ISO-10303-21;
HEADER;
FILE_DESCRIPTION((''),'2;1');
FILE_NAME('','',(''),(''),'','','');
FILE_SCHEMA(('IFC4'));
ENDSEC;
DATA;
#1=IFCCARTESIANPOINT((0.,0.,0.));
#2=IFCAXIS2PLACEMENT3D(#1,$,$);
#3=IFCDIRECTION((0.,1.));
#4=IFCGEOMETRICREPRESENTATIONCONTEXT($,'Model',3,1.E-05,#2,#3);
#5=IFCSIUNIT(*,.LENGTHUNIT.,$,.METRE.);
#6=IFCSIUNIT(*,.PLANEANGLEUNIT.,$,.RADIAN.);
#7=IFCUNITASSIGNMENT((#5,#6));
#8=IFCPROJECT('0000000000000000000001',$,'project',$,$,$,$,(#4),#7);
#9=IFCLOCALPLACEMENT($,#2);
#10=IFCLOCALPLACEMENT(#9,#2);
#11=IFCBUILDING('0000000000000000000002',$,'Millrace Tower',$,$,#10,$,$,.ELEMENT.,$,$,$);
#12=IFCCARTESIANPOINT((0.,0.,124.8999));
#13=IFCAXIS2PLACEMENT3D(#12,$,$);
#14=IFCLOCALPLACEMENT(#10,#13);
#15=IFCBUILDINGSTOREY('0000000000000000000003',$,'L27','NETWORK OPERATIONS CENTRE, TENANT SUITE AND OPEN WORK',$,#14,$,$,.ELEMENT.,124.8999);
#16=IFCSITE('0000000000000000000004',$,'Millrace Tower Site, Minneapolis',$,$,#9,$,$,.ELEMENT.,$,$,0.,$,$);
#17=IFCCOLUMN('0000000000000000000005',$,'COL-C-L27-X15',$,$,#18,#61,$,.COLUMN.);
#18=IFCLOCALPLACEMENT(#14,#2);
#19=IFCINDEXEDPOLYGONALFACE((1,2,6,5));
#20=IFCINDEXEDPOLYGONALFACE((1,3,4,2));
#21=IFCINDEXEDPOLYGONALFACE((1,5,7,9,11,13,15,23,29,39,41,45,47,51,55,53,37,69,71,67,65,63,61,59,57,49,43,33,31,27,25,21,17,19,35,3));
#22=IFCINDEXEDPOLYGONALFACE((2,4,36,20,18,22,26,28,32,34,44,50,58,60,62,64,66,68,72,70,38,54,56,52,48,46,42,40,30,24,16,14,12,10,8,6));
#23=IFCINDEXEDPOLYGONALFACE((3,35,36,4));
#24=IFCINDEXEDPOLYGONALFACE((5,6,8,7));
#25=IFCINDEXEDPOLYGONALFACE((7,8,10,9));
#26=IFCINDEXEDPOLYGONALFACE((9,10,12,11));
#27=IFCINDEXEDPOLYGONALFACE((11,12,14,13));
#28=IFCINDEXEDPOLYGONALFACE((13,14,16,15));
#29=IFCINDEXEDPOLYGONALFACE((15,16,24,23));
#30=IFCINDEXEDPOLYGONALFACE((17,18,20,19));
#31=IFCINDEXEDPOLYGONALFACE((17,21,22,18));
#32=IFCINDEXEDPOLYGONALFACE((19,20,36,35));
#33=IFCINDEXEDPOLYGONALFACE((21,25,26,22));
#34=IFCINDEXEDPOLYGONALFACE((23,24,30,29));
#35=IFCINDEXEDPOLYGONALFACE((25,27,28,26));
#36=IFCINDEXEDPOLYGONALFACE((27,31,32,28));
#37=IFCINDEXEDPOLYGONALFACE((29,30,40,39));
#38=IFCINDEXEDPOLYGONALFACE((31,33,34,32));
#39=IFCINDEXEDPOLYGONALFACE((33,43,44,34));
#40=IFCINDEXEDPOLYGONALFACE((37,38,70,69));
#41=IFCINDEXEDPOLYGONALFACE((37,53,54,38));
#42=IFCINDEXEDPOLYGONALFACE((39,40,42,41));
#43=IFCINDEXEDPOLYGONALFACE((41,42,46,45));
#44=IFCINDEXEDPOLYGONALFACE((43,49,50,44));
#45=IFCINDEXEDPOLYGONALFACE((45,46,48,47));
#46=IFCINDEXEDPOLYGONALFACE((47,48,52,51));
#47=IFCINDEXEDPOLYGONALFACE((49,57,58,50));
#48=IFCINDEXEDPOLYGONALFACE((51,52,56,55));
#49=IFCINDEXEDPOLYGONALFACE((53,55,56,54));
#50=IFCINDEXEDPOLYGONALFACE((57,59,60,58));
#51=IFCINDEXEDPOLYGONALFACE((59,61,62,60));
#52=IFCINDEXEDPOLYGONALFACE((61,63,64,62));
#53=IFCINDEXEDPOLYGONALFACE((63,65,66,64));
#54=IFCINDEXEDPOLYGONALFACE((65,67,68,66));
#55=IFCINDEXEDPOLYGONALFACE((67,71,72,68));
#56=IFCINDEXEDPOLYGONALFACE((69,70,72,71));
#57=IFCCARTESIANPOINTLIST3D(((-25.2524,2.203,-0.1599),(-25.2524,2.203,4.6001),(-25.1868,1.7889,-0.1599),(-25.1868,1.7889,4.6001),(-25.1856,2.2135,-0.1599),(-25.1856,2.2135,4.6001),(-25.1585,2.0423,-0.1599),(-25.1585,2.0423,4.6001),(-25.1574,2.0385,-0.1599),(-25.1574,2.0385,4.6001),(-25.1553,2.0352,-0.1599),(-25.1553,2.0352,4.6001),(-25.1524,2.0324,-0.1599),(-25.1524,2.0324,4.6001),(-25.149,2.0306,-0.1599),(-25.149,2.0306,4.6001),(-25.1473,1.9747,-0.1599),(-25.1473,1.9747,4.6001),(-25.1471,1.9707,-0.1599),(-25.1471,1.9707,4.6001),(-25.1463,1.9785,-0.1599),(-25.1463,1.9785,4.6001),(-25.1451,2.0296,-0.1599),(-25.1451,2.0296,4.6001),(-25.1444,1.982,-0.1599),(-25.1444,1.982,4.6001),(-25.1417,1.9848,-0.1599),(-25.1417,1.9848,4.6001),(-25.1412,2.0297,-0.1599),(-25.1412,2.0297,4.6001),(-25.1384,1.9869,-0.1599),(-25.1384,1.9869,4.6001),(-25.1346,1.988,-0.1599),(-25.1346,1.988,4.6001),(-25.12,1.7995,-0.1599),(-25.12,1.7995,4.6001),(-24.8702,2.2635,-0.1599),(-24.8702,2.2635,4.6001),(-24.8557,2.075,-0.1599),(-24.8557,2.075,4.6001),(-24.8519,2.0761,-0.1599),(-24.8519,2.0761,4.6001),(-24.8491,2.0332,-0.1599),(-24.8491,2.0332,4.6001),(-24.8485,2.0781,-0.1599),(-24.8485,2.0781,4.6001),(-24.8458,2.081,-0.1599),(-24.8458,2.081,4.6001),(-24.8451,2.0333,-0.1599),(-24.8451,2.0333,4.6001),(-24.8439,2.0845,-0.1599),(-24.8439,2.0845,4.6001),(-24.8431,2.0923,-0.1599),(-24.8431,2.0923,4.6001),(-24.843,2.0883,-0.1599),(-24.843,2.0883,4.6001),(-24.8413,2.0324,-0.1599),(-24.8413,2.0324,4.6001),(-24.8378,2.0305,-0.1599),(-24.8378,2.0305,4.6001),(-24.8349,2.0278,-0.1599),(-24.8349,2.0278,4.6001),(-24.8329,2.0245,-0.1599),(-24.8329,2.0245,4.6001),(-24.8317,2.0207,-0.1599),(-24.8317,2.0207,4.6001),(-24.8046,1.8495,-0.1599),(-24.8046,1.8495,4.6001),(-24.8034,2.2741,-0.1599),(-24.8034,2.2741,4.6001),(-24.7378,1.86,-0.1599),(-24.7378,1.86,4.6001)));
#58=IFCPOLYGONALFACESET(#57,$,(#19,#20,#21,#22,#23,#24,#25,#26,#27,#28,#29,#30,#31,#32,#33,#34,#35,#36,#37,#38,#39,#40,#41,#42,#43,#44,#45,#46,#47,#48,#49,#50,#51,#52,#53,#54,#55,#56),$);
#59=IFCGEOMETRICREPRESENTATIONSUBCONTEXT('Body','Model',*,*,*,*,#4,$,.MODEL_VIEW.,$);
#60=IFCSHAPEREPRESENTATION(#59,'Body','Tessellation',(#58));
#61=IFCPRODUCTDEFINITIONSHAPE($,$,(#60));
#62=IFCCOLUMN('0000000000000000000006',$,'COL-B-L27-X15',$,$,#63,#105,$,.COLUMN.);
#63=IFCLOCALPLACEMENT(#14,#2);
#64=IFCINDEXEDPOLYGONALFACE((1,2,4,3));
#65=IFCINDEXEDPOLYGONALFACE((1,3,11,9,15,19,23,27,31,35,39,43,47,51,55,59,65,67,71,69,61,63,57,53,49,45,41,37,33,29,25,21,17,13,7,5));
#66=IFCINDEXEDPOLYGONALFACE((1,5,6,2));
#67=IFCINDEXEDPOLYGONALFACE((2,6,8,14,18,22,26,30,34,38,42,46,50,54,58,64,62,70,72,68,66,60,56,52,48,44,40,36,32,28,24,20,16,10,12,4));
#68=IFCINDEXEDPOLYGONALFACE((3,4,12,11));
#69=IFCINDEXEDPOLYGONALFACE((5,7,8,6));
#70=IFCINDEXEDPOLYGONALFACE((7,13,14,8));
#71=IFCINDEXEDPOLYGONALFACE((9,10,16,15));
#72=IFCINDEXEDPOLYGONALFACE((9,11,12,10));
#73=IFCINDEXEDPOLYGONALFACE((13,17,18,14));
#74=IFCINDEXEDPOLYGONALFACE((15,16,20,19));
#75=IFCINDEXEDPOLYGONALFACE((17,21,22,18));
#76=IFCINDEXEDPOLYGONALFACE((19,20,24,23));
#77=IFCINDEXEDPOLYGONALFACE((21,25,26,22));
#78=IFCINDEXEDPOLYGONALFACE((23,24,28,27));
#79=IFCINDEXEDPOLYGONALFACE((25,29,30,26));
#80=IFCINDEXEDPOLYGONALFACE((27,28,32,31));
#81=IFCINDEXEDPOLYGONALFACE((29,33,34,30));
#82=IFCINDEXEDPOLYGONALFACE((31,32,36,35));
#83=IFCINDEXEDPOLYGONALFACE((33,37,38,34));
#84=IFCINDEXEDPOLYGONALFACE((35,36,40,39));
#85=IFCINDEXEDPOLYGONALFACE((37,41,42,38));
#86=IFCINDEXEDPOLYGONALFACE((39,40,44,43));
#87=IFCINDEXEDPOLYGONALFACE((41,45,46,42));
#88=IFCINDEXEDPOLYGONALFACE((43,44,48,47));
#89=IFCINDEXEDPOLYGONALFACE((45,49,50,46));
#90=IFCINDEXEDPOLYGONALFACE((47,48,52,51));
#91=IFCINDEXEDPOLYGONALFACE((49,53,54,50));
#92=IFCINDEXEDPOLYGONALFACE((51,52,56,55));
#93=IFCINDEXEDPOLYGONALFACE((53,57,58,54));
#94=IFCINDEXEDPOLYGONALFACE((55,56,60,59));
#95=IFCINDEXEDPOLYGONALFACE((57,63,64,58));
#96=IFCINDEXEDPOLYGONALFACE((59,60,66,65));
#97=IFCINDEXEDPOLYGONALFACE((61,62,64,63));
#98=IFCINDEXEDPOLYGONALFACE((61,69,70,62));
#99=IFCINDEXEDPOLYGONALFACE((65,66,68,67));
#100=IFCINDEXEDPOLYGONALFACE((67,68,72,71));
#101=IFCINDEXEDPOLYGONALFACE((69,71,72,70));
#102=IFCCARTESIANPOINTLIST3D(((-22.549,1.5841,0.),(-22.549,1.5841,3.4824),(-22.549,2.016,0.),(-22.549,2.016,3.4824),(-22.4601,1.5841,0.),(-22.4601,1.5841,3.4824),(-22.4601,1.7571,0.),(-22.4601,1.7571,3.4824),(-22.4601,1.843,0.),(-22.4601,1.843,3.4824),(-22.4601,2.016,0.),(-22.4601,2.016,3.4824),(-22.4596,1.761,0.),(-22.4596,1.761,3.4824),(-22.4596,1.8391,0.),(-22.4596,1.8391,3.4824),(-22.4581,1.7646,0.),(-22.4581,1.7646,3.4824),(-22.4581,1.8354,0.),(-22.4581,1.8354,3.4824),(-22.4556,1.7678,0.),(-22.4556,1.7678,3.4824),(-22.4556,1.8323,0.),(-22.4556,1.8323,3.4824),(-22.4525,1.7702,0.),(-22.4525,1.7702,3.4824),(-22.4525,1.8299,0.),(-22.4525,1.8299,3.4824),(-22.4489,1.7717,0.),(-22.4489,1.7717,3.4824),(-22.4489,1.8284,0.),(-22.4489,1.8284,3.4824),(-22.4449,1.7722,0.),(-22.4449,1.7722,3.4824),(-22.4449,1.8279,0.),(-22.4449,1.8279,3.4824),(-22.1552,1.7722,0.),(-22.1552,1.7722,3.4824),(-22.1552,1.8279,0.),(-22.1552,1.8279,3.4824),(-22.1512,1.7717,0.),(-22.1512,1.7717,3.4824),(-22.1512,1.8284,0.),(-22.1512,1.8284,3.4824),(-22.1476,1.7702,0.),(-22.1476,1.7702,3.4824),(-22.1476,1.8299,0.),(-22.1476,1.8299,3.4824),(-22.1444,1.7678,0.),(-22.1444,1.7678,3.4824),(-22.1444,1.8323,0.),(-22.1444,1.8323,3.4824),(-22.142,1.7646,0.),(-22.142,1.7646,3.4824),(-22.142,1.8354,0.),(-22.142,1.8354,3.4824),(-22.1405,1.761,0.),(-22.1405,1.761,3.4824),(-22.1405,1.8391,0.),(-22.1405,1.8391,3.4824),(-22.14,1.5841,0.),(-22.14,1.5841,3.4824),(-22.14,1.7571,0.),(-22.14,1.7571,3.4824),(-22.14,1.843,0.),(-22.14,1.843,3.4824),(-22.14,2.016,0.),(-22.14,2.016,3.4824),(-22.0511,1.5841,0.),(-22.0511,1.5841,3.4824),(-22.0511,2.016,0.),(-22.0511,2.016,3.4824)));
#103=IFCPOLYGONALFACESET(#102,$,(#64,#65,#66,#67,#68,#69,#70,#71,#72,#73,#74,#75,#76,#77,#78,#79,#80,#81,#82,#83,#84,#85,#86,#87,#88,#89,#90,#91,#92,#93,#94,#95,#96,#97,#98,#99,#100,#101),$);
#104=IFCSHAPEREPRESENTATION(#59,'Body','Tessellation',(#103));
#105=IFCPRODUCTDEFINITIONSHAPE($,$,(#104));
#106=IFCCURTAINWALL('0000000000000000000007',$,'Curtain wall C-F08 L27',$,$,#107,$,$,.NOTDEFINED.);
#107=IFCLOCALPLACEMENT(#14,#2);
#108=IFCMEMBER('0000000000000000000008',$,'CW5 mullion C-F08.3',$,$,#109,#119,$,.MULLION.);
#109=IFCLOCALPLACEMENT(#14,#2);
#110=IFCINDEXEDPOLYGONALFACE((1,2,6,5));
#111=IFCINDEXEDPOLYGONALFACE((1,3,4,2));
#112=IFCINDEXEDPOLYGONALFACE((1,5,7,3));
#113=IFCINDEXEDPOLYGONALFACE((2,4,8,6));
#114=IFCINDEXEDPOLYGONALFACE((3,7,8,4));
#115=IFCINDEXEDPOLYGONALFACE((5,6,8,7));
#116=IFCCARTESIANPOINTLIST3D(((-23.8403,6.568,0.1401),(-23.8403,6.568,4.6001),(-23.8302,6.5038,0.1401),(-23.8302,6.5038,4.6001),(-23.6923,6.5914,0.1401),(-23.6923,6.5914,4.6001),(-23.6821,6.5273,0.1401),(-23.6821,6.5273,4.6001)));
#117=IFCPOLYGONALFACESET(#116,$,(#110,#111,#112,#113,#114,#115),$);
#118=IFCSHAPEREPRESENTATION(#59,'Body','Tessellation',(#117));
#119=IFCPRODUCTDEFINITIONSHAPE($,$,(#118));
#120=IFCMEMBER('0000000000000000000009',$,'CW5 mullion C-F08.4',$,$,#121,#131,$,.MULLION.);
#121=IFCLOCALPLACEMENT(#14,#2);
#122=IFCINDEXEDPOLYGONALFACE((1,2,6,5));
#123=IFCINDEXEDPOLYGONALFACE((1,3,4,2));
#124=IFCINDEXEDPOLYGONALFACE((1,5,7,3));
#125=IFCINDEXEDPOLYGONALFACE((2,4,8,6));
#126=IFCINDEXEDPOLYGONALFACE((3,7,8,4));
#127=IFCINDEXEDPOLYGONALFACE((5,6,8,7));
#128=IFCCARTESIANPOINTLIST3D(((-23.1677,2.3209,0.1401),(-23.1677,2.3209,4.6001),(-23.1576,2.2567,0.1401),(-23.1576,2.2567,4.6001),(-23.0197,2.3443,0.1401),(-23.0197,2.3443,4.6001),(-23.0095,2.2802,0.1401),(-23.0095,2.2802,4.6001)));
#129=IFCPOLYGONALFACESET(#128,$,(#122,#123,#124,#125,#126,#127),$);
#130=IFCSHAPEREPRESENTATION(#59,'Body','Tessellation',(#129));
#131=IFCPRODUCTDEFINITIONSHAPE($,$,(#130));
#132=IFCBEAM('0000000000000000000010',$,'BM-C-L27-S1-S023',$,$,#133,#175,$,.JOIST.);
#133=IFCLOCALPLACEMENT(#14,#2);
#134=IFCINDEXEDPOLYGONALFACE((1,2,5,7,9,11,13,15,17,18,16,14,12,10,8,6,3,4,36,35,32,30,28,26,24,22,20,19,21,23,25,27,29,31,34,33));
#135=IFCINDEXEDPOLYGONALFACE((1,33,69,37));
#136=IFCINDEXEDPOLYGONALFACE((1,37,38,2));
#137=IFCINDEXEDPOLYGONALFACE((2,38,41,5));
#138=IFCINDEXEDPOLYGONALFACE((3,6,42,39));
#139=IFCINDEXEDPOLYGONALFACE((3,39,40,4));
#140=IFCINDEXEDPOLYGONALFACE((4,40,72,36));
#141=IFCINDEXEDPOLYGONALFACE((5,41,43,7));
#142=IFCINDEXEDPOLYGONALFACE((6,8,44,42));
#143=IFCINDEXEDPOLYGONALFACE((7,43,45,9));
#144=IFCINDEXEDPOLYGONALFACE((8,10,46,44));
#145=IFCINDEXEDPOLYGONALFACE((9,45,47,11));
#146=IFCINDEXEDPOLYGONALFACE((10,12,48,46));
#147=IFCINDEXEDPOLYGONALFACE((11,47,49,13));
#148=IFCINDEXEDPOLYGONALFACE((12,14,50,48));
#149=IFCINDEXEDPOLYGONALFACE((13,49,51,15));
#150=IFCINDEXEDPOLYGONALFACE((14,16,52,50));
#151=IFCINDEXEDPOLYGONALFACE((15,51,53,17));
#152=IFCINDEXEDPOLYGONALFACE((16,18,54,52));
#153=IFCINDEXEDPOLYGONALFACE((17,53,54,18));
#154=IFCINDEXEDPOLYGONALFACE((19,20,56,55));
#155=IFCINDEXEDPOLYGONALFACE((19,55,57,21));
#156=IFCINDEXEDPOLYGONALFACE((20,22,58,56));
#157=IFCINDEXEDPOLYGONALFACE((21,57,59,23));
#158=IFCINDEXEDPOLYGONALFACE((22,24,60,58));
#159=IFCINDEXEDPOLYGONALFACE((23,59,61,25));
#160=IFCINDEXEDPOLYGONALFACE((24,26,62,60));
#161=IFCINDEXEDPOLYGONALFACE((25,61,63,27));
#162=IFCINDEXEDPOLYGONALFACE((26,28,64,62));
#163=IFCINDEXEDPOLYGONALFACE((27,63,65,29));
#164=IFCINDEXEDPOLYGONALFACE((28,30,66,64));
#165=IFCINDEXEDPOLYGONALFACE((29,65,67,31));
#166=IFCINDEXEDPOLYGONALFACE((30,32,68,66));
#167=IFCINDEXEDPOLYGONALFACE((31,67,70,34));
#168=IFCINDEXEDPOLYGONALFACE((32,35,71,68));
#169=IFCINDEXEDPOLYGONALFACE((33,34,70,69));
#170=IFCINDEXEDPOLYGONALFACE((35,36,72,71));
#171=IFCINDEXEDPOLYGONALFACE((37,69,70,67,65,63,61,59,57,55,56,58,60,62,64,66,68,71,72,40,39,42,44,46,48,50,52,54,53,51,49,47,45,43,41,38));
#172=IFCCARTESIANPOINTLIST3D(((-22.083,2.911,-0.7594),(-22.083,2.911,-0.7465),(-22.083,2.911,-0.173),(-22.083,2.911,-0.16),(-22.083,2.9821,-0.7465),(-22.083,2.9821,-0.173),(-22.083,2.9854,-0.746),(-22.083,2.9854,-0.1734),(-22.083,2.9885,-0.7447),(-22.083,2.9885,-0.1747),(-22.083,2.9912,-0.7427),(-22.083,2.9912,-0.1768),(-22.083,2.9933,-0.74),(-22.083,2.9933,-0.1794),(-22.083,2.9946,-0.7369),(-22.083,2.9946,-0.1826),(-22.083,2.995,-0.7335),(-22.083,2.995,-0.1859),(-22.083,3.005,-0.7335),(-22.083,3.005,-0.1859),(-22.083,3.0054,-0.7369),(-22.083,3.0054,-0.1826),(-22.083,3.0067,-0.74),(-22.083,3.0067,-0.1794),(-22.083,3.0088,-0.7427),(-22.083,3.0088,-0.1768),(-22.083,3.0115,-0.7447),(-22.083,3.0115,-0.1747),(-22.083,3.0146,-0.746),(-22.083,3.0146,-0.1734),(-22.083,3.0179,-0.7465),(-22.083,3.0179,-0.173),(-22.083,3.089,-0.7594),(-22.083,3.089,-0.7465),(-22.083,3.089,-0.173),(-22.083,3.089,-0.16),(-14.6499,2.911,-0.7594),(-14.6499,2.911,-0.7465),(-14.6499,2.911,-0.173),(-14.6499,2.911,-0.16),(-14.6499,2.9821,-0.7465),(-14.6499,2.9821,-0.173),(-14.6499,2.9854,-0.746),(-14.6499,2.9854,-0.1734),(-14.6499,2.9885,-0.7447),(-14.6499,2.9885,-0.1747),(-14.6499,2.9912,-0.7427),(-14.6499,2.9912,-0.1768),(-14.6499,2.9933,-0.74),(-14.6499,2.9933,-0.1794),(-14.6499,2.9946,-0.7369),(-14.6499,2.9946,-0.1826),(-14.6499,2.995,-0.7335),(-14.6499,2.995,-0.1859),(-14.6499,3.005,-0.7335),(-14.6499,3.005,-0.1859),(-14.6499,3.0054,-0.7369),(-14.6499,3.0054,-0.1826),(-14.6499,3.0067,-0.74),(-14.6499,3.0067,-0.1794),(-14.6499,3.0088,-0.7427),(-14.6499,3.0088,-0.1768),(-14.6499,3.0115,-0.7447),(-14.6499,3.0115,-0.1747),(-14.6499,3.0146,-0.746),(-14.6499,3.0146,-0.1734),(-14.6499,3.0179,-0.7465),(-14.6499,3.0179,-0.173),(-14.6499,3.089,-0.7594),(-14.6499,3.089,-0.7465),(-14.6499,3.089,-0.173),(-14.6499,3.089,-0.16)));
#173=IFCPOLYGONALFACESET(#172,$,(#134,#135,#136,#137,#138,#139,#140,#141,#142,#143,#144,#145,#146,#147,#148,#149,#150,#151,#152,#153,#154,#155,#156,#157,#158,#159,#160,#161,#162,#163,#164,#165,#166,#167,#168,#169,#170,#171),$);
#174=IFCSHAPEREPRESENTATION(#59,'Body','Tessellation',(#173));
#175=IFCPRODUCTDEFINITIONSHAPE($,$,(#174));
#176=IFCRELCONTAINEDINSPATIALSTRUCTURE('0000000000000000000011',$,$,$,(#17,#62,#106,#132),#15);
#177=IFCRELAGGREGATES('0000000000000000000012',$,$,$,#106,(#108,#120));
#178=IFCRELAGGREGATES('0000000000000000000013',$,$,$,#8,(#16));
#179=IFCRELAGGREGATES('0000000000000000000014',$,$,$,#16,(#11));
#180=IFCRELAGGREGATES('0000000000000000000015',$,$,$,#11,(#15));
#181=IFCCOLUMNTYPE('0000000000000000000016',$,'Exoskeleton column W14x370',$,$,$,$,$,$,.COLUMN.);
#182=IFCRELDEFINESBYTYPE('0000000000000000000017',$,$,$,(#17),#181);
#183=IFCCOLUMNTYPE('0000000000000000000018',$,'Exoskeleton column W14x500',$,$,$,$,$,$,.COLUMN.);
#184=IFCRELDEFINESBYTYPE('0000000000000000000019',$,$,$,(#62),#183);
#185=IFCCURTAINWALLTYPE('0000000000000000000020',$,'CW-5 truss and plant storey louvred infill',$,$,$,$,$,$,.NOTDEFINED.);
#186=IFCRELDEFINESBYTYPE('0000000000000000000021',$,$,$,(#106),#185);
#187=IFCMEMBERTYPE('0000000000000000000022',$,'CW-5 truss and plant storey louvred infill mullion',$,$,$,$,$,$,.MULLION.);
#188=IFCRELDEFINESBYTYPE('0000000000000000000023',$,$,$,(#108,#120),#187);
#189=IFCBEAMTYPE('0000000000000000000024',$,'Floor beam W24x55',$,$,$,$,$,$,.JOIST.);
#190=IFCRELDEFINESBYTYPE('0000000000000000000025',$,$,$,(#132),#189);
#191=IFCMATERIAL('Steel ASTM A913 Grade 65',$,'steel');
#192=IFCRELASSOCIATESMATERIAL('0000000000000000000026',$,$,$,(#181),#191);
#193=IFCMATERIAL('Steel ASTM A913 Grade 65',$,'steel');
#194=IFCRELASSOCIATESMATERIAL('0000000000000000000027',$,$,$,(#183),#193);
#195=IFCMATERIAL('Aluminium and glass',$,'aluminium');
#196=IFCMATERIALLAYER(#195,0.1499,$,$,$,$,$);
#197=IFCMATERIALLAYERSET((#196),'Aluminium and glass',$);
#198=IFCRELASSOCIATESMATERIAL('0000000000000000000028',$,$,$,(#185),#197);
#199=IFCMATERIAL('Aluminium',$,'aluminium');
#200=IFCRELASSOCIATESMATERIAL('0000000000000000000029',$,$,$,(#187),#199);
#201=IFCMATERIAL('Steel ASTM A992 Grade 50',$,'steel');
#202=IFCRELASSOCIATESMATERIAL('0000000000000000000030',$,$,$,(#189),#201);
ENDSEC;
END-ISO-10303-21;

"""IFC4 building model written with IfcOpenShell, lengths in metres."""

from ifc_helpers import new_model, si_unit, direction, frame, origin, origin_2d, place, context, subcontext, project, spatial, rectangle, i_section, extrude, material, layer, layer_set, material_profile, profile_set, type_object, element, aggregate, save


model = new_model("IFC4")

# Units and contexts
model_context = context("Model", 3, precision=1e-05, world=origin(), true_north=direction((0.0, 1.0)))
body_context = subcontext(model_context, "Body", "Model", "MODEL_VIEW")
ifc_project = project(units=[si_unit("LENGTHUNIT", "METRE"), si_unit("PLANEANGLEUNIT", "RADIAN")], contexts=[model_context])

# Site, building, storey
site_placement = place(None, origin())
site = spatial("IfcSite", under=ifc_project, at=site_placement, Name="Millrace Tower Site, Minneapolis", CompositionType="ELEMENT", RefElevation=0.0)
building_placement = place(site_placement, origin())
building = spatial("IfcBuilding", under=site, at=building_placement, Name="Millrace Tower", CompositionType="ELEMENT")
storey_placement = place(building_placement, frame((0.0, 0.0, 124.8999)))
storey = spatial("IfcBuildingStorey", under=building, at=storey_placement, Name="L27", Description="NETWORK OPERATIONS CENTRE, TENANT SUITE AND OPEN WORK", CompositionType="ELEMENT", Elevation=124.8999)

# Columns
ifc_material_1 = material(Name="Steel ASTM A913 Grade 65", Category="steel")
ifc_material_profile_1 = material_profile(ifc_material_1, i_section(OverallWidth=0.4192, OverallDepth=0.4546, WebThickness=0.0422, FlangeThickness=0.0676, FilletRadius=0.0151, at=origin_2d()))
ifc_profile_set_1 = profile_set([ifc_material_profile_1], Name="Steel ASTM A913 Grade 65")
column_type_1 = type_object("IfcColumnType", Name="Exoskeleton column W14x370", PredefinedType="COLUMN", material=ifc_profile_set_1)
column_1_placement = place(storey_placement, frame((-24.9951, 2.0315, -0.1599), z_axis=(0.0, 0.0, 1.0), x_axis=(0.156434, -0.987688, 0.0)))
element("IfcColumn", 1, at=column_1_placement, inside=storey, type_object=column_type_1, Name="COL-C-L27-X15", PredefinedType="COLUMN", context=body_context, shape_type="SweptSolid", body=[
    extrude(i_section(OverallWidth=0.4192, OverallDepth=0.4546, WebThickness=0.0422, FlangeThickness=0.0676, FilletRadius=0.0151, at=origin_2d()), origin(), (0.0, 0.0, 1.0), 4.76),
])
ifc_material_2 = material(Name="Steel ASTM A913 Grade 65", Category="steel")
ifc_material_profile_2 = material_profile(ifc_material_2, i_section(OverallWidth=0.4319, OverallDepth=0.4978, WebThickness=0.0557, FlangeThickness=0.0889, FilletRadius=0.0151, at=origin_2d()))
ifc_profile_set_2 = profile_set([ifc_material_profile_2], Name="Steel ASTM A913 Grade 65")
column_type_2 = type_object("IfcColumnType", Name="Exoskeleton column W14x500", PredefinedType="COLUMN", material=ifc_profile_set_2)
column_2_placement = place(storey_placement, frame((-22.3, 1.8, 0.0), z_axis=(0.0, 0.0, 1.0), x_axis=(0.0, -1.0, 0.0)))
element("IfcColumn", 2, at=column_2_placement, inside=storey, type_object=column_type_2, Name="COL-B-L27-X15", PredefinedType="COLUMN", context=body_context, shape_type="SweptSolid", body=[
    extrude(i_section(OverallWidth=0.4319, OverallDepth=0.4978, WebThickness=0.0557, FlangeThickness=0.0889, FilletRadius=0.0151, at=origin_2d()), origin(), (0.0, 0.0, 1.0), 3.4824),
])

# Curtain wall, members
ifc_material_3 = material(Name="Aluminium and glass", Category="aluminium")
ifc_layer_1 = layer(ifc_material_3, 0.1499)
ifc_layer_set_1 = layer_set([ifc_layer_1], Name="Aluminium and glass")
curtain_wall_type = type_object("IfcCurtainWallType", Name="CW-5 truss and plant storey louvred infill", PredefinedType="NOTDEFINED", material=ifc_layer_set_1)
curtain_wall_placement = place(storey_placement, origin())
curtain_wall = element("IfcCurtainWall", 3, at=curtain_wall_placement, inside=storey, type_object=curtain_wall_type, Name="Curtain wall C-F08 L27", PredefinedType="NOTDEFINED")
ifc_material_4 = material(Name="Aluminium", Category="aluminium")
ifc_material_profile_3 = material_profile(ifc_material_4, rectangle(XDim=0.0649, YDim=0.1499, at=origin_2d()))
ifc_profile_set_3 = profile_set([ifc_material_profile_3], Name="Aluminium")
member_type_1 = type_object("IfcMemberType", Name="CW-5 truss and plant storey louvred infill mullion", PredefinedType="MULLION", material=ifc_profile_set_3)
member_1_placement = place(storey_placement, frame((-23.7612, 6.5476, 0.1401), z_axis=(0.0, 0.0, 1.0), x_axis=(0.156434, -0.987688, 0.0)))
member_1 = element("IfcMember", 4, at=member_1_placement, type_object=member_type_1, Name="CW5 mullion C-F08.3", PredefinedType="MULLION", context=body_context, shape_type="SweptSolid", body=[
    extrude(rectangle(XDim=0.0649, YDim=0.1499, at=origin_2d()), origin(), (0.0, 0.0, 1.0), 4.46),
])
member_2_placement = place(storey_placement, frame((-23.0886, 2.3005, 0.1401), z_axis=(0.0, 0.0, 1.0), x_axis=(0.156434, -0.987688, 0.0)))
member_2 = element("IfcMember", 5, at=member_2_placement, type_object=member_type_1, Name="CW5 mullion C-F08.4", PredefinedType="MULLION", context=body_context, shape_type="SweptSolid", body=[
    extrude(rectangle(XDim=0.0649, YDim=0.1499, at=origin_2d()), origin(), (0.0, 0.0, 1.0), 4.46),
])
aggregate(curtain_wall, [member_1, member_2])

# Beam
ifc_material_5 = material(Name="Steel ASTM A992 Grade 50", Category="steel")
ifc_material_profile_4 = material_profile(ifc_material_5, i_section(OverallWidth=0.178, OverallDepth=0.5994, WebThickness=0.01, FlangeThickness=0.0129, FilletRadius=0.0129, at=origin_2d()))
ifc_profile_set_4 = profile_set([ifc_material_profile_4], Name="Steel ASTM A992 Grade 50")
beam_type_1 = type_object("IfcBeamType", Name="Floor beam W24x55", PredefinedType="JOIST", material=ifc_profile_set_4)
for number, where, z_axis, x_axis, name in (
    (6, (-22.083, 3.0, -0.4597), (1.0, 0.0, 0.0), (0.0, 1.0, 0.0), "BM-C-L27-S1-S023"),
):
    element("IfcBeam", number, at=place(storey_placement, frame(where, z_axis=z_axis, x_axis=x_axis)), inside=storey, type_object=beam_type_1, Name=name, PredefinedType="JOIST", context=body_context, shape_type="SweptSolid", body=[
        extrude(i_section(OverallWidth=0.178, OverallDepth=0.5994, WebThickness=0.01, FlangeThickness=0.0129, FilletRadius=0.0129, at=origin_2d()), origin(), (0.0, 0.0, 1.0), 7.4331),
    ])

save(model, "model.ifc")
